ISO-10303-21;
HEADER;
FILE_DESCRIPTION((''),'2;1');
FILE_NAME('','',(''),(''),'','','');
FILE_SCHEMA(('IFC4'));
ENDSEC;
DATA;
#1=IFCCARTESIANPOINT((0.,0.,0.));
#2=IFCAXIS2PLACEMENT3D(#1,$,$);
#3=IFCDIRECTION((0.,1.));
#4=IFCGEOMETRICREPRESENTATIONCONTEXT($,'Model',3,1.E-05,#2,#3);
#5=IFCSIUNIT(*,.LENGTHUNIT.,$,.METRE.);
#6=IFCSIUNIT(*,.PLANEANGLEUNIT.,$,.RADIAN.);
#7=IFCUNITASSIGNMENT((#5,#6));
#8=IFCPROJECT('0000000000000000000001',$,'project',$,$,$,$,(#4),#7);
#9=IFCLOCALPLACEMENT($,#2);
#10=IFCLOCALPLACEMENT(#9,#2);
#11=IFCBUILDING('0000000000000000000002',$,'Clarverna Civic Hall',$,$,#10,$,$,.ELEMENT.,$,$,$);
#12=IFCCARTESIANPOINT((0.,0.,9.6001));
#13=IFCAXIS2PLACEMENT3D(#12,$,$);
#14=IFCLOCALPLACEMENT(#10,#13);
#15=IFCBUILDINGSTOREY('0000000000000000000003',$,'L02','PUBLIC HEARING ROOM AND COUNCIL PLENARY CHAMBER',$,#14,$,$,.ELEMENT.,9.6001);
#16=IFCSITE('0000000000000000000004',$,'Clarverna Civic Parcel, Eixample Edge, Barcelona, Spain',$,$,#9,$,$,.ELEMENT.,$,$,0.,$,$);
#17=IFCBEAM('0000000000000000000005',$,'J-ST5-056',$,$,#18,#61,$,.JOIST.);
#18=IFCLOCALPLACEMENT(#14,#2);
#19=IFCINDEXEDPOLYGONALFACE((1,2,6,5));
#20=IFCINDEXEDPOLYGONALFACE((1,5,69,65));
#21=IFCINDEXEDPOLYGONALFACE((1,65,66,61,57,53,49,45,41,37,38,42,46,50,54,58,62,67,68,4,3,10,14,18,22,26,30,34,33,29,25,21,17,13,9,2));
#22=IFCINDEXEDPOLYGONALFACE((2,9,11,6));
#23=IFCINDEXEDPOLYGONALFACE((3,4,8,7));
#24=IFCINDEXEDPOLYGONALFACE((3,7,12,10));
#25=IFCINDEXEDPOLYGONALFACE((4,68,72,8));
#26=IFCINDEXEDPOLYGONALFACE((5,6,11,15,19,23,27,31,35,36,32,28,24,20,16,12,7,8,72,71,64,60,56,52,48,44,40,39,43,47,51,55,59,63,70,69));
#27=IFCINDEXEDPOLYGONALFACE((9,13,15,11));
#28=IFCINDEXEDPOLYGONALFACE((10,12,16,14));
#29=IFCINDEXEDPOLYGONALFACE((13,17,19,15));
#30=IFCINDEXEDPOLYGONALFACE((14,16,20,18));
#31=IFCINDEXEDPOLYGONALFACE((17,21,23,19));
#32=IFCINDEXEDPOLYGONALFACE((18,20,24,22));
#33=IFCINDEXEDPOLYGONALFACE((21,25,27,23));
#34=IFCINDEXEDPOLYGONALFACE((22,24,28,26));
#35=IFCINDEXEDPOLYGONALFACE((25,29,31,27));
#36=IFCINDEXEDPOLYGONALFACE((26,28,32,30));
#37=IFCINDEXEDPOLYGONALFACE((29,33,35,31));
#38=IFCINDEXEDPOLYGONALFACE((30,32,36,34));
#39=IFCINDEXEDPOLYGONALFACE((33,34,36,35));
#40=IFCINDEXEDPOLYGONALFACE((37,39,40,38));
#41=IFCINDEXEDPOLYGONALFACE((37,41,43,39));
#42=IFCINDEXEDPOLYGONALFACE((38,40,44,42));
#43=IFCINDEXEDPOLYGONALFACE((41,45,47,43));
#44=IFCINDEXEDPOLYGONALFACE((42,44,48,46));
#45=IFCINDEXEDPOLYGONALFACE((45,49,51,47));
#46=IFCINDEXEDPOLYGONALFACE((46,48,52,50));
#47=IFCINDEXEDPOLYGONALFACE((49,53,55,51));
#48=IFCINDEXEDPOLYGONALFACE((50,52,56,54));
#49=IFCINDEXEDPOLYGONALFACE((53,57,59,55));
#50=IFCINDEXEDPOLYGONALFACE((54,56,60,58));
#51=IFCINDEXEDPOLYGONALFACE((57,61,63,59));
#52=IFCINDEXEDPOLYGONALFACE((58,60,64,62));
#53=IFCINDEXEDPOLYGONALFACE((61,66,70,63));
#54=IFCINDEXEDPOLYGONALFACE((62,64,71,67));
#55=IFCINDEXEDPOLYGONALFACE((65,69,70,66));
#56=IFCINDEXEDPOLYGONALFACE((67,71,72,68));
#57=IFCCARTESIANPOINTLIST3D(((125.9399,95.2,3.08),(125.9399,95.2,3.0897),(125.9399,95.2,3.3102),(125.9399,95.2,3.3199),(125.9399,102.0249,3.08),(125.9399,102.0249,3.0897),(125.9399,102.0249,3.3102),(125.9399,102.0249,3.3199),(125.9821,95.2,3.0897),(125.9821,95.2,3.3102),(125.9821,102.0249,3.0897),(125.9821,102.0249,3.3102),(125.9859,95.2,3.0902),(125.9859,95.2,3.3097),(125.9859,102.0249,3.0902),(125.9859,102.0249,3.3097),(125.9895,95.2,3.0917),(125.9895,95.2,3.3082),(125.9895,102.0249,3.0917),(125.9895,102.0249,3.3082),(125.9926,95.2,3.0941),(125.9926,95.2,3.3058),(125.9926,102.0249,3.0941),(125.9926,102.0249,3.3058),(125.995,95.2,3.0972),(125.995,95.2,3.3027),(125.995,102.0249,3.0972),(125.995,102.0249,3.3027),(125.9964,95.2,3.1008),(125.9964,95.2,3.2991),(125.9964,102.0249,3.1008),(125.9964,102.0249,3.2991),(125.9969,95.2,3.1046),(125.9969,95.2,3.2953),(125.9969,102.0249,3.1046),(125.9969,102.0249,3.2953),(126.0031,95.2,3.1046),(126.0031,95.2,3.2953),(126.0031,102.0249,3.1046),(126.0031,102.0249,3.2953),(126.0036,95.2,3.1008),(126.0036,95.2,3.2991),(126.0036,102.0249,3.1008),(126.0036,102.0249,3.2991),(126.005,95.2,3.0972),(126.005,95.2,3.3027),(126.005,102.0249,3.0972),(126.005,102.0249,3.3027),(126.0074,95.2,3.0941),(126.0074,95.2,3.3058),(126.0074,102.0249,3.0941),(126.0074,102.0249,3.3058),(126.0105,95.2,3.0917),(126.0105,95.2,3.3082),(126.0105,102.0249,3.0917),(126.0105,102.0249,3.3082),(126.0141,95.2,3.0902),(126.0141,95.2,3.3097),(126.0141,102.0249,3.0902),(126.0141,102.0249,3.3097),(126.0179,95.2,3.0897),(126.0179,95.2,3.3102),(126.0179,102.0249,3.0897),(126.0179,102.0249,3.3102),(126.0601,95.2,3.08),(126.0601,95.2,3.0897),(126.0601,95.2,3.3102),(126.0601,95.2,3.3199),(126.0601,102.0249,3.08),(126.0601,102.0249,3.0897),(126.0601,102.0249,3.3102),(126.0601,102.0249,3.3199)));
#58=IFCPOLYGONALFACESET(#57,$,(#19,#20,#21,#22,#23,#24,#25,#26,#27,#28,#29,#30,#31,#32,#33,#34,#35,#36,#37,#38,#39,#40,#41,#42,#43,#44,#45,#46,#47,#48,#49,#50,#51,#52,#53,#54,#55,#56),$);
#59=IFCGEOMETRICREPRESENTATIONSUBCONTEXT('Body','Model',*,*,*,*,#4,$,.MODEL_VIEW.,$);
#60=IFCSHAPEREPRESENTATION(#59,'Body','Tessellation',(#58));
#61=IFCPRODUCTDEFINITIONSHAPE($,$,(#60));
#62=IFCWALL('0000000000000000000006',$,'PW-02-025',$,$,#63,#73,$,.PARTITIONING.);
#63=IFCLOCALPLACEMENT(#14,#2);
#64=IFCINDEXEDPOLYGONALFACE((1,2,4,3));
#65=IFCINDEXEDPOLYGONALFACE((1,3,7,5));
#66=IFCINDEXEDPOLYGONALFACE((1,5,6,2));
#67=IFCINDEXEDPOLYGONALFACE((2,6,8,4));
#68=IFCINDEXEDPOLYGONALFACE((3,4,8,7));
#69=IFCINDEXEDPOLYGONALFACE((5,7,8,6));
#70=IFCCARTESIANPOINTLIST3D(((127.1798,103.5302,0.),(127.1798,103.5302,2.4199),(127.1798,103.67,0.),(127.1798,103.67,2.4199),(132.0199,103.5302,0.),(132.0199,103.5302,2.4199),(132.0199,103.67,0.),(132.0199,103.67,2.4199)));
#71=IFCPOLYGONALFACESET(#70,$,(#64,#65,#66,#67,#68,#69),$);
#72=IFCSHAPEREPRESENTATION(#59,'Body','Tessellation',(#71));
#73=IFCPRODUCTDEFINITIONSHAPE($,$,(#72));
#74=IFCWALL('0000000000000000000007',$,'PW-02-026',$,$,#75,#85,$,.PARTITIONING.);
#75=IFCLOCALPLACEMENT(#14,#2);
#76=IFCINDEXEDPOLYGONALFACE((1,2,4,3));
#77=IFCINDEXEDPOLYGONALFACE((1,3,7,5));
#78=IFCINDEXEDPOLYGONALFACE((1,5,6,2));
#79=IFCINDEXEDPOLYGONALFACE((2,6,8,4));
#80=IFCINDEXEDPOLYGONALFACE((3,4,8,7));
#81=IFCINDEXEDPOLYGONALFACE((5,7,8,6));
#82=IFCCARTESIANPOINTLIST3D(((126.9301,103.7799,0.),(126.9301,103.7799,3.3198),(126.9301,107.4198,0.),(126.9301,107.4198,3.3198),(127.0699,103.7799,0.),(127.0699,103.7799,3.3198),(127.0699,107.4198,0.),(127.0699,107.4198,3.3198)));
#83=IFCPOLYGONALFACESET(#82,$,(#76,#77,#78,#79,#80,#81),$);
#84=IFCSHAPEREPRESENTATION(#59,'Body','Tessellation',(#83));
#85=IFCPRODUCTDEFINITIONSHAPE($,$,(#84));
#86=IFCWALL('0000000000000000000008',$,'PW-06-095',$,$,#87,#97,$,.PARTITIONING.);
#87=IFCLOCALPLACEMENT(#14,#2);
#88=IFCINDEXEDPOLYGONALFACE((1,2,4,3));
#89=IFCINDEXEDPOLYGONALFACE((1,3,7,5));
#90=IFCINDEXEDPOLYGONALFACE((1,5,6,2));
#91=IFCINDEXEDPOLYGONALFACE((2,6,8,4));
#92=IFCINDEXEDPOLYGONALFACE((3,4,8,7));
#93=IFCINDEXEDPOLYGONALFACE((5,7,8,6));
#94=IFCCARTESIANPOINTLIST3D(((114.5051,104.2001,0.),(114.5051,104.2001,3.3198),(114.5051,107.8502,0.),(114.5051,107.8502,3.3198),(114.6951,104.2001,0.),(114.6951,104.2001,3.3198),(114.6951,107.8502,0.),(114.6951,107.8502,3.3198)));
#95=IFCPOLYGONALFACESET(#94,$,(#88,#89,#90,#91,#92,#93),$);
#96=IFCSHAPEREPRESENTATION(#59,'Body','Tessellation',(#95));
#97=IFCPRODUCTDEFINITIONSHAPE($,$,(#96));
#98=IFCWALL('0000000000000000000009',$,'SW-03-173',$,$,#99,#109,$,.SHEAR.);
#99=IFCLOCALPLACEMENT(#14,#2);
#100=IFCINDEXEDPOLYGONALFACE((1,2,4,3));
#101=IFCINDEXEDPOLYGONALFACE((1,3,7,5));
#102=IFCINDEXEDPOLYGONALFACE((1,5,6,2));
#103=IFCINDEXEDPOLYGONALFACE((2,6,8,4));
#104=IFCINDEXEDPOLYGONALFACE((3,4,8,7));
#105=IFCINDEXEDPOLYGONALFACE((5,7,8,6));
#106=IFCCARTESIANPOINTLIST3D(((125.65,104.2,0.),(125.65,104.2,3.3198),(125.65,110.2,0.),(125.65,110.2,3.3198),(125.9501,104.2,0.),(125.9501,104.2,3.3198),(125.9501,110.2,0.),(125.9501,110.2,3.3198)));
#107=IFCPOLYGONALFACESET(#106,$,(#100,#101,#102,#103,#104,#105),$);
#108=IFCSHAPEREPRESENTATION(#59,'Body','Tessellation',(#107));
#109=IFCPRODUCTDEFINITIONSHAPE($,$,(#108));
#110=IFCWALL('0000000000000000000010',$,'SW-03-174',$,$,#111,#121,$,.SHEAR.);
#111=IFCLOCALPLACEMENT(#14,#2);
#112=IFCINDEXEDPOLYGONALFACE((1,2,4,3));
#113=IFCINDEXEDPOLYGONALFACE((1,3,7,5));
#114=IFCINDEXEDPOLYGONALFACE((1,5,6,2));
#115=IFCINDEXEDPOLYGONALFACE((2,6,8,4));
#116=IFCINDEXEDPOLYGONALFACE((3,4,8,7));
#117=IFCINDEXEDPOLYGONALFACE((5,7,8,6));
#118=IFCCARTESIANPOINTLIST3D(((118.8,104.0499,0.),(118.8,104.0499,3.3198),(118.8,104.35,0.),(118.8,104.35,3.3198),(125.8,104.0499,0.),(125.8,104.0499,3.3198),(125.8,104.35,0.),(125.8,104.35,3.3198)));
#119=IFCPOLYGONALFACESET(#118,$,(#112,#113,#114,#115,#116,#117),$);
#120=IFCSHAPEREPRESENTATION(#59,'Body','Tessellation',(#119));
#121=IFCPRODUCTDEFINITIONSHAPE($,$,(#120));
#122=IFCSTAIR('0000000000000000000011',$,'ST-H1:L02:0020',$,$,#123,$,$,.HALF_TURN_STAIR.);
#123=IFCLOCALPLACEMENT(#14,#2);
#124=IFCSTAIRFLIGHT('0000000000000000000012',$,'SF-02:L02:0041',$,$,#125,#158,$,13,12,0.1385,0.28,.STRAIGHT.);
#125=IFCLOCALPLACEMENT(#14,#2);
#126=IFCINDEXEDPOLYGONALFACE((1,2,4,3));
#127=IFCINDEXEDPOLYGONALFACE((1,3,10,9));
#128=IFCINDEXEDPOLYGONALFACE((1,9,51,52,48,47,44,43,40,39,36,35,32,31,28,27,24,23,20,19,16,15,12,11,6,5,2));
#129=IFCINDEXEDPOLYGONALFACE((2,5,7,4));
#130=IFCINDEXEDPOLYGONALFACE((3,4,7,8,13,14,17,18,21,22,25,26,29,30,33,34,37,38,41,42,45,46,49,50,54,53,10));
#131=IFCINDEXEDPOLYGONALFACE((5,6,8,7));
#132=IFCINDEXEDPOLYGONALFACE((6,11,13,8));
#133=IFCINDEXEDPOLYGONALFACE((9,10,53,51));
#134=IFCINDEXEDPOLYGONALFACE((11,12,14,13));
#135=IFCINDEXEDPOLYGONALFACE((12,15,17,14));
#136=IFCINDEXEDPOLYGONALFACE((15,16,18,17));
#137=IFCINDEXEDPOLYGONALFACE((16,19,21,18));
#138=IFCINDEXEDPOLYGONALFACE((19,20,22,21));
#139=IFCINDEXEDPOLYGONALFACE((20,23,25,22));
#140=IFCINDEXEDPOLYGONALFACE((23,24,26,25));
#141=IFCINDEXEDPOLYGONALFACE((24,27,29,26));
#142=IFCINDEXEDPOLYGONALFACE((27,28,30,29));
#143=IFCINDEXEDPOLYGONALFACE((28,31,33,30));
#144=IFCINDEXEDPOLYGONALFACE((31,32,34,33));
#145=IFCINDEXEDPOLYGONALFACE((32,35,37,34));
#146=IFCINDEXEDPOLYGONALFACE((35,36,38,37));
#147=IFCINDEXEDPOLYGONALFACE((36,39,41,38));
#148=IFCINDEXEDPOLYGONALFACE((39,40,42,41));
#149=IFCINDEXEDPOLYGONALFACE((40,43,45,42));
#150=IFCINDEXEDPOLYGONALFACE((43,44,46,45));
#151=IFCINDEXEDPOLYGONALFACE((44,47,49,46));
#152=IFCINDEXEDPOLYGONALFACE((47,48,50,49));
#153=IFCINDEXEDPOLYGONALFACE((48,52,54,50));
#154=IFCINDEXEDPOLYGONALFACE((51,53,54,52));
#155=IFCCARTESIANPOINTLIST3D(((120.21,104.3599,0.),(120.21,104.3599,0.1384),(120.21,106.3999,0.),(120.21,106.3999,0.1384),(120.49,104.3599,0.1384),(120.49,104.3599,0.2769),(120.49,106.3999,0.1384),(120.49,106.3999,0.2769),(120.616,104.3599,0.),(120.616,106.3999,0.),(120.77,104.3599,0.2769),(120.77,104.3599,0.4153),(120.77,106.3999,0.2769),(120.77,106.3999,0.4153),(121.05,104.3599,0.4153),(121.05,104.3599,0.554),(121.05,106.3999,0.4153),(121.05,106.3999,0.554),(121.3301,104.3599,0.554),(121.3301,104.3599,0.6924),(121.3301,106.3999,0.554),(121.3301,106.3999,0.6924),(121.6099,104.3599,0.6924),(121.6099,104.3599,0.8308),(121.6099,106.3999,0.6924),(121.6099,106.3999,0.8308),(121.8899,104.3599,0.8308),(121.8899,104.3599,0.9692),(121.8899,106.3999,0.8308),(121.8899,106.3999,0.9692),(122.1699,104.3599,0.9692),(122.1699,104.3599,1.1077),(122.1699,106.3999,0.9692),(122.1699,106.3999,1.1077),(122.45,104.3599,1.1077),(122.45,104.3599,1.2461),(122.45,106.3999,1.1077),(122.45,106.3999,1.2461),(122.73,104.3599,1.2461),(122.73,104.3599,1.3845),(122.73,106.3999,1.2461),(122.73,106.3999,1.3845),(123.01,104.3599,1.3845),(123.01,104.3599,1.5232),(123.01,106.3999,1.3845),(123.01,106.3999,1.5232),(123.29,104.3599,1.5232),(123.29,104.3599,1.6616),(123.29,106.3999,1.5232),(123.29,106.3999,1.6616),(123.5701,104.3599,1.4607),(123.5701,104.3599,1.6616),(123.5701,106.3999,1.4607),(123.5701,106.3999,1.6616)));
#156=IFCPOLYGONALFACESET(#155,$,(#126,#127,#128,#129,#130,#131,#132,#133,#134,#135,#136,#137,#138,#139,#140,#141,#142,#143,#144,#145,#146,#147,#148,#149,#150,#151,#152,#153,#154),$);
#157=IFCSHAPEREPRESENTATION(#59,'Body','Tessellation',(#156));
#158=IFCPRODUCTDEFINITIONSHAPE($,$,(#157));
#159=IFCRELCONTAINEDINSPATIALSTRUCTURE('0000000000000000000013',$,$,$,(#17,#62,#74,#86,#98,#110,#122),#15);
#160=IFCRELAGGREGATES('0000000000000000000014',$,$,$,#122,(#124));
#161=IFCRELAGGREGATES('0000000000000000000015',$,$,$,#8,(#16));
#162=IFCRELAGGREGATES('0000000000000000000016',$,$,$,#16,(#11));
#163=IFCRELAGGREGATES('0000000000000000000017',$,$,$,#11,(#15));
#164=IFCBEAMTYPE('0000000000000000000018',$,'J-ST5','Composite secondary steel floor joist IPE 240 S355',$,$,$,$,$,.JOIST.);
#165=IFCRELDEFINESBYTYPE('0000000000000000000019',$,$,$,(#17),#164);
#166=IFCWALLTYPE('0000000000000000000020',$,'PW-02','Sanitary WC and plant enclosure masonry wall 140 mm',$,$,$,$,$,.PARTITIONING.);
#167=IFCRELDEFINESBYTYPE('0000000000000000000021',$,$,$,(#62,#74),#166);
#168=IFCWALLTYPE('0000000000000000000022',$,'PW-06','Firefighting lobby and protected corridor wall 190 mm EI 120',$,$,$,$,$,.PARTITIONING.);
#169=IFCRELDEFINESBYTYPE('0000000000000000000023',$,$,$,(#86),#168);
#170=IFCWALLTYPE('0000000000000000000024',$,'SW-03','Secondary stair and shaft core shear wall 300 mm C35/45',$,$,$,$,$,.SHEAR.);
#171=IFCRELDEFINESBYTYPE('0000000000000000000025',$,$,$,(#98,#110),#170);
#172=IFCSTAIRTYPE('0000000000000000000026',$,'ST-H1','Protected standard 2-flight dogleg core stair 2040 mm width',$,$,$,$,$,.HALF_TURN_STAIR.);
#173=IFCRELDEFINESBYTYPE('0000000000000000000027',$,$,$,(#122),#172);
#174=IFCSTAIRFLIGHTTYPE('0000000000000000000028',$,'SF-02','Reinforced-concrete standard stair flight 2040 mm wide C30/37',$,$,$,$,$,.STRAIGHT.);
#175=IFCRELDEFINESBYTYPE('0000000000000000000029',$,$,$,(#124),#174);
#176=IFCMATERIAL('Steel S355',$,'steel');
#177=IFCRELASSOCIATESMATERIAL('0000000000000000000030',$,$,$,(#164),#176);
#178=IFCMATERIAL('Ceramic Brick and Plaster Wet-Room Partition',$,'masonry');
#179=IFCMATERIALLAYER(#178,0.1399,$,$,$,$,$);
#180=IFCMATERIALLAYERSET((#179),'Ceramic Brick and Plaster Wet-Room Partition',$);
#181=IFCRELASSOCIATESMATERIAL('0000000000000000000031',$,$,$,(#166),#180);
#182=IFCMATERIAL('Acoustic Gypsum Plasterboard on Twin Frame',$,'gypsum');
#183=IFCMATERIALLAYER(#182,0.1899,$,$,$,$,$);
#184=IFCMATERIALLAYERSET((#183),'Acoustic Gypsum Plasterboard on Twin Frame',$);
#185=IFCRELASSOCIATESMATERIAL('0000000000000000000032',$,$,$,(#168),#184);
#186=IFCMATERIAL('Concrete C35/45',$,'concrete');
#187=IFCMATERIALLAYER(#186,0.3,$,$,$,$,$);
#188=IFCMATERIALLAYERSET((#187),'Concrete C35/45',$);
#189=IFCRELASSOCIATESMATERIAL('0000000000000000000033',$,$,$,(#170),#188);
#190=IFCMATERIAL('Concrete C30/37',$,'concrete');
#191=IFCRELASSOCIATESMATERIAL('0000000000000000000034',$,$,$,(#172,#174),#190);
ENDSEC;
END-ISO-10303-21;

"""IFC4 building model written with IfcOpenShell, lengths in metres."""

from ifc_helpers import new_model, si_unit, direction, frame, frame_2d, origin, origin_2d, place, context, subcontext, project, spatial, polyline, rectangle, i_section, outline, extrude, material, layer, layer_set, material_profile, profile_set, type_object, element, aggregate, save


model = new_model("IFC4")

# Units and contexts
model_context = context("Model", 3, precision=1e-05, world=origin(), true_north=direction((0.0, 1.0)))
body_context = subcontext(model_context, "Body", "Model", "MODEL_VIEW")
ifc_project = project(units=[si_unit("LENGTHUNIT", "METRE"), si_unit("PLANEANGLEUNIT", "RADIAN")], contexts=[model_context])

# Site, building, storey
site_placement = place(None, origin())
site = spatial("IfcSite", under=ifc_project, at=site_placement, Name="Clarverna Civic Parcel, Eixample Edge, Barcelona, Spain", CompositionType="ELEMENT", RefElevation=0.0)
building_placement = place(site_placement, origin())
building = spatial("IfcBuilding", under=site, at=building_placement, Name="Clarverna Civic Hall", CompositionType="ELEMENT")
storey_placement = place(building_placement, frame((0.0, 0.0, 9.6001)))
storey = spatial("IfcBuildingStorey", under=building, at=storey_placement, Name="L02", Description="PUBLIC HEARING ROOM AND COUNCIL PLENARY CHAMBER", CompositionType="ELEMENT", Elevation=9.6001)

# Beam
ifc_material_1 = material(Name="Concrete C35/45", Category="concrete")
ifc_material_2 = material(Name="Steel S355", Category="steel")
ifc_material_profile_1 = material_profile(ifc_material_2, i_section(OverallWidth=0.1201, OverallDepth=0.24, WebThickness=0.0061, FlangeThickness=0.0098, FilletRadius=0.0149, at=origin_2d()), Name="IPE 240")
ifc_profile_set_1 = profile_set([ifc_material_profile_1], Name="Steel S355")
beam_type_1 = type_object("IfcBeamType", Name="J-ST5", Description="Composite secondary steel floor joist IPE 240 S355", PredefinedType="JOIST", material=ifc_profile_set_1)
beam_1_placement = place(storey_placement, frame((126.0, 95.2, 3.2), z_axis=(0.0, 1.0, 0.0), x_axis=(-1.0, 0.0, 0.0)))
element("IfcBeam", 1, at=beam_1_placement, inside=storey, type_object=beam_type_1, Name="J-ST5-056", PredefinedType="JOIST", context=body_context, shape_type="SweptSolid", body=[
    extrude(i_section(OverallWidth=0.1201, OverallDepth=0.24, WebThickness=0.0061, FlangeThickness=0.0098, FilletRadius=0.0149, at=origin_2d()), origin(), (0.0, 0.0, 1.0), 6.825),
])

# Walls
ifc_material_3 = material(Name="Ceramic Brick and Plaster Wet-Room Partition", Category="masonry")
ifc_layer_1 = layer(ifc_material_3, 0.1399)
ifc_layer_set_1 = layer_set([ifc_layer_1], Name="Ceramic Brick and Plaster Wet-Room Partition")
wall_type_1 = type_object("IfcWallType", Name="PW-02", Description="Sanitary WC and plant enclosure masonry wall 140 mm", PredefinedType="PARTITIONING", material=ifc_layer_set_1)
wall_1_placement = place(storey_placement, frame((127.1799, 103.6001, 0.0), z_axis=(0.0, 0.0, 1.0), x_axis=(1.0, 0.0, 0.0)))
element("IfcWall", 2, at=wall_1_placement, inside=storey, type_object=wall_type_1, Name="PW-02-025", PredefinedType="PARTITIONING", context=body_context, shape_type="SweptSolid", body=[
    extrude(rectangle(XDim=4.8401, YDim=0.1399, at=frame_2d((2.4199, 0.0))), origin(), (0.0, 0.0, 1.0), 2.4199),
])
wall_2_placement = place(storey_placement, frame((127.0, 103.78, 0.0), z_axis=(0.0, 0.0, 1.0), x_axis=(0.0, 1.0, 0.0)))
element("IfcWall", 3, at=wall_2_placement, inside=storey, type_object=wall_type_1, Name="PW-02-026", PredefinedType="PARTITIONING", context=body_context, shape_type="SweptSolid", body=[
    extrude(rectangle(XDim=3.6399, YDim=0.1399, at=frame_2d((1.8198, 0.0))), origin(), (0.0, 0.0, 1.0), 3.3198),
])

# Wall
ifc_material_4 = material(Name="Acoustic Gypsum Plasterboard on Twin Frame", Category="gypsum")
ifc_layer_2 = layer(ifc_material_4, 0.1899)
ifc_layer_set_2 = layer_set([ifc_layer_2], Name="Acoustic Gypsum Plasterboard on Twin Frame")
wall_type_2 = type_object("IfcWallType", Name="PW-06", Description="Firefighting lobby and protected corridor wall 190 mm EI 120", PredefinedType="PARTITIONING", material=ifc_layer_set_2)
wall_3_placement = place(storey_placement, frame((114.6001, 104.2, 0.0), z_axis=(0.0, 0.0, 1.0), x_axis=(0.0, 1.0, 0.0)))
element("IfcWall", 4, at=wall_3_placement, inside=storey, type_object=wall_type_2, Name="PW-06-095", PredefinedType="PARTITIONING", context=body_context, shape_type="SweptSolid", body=[
    extrude(rectangle(XDim=3.6501, YDim=0.1899, at=frame_2d((1.8252, 0.0))), origin(), (0.0, 0.0, 1.0), 3.3198),
])

# Shared definitions
ifc_layer_3 = layer(ifc_material_1, 0.3)
ifc_layer_set_3 = layer_set([ifc_layer_3], Name="Concrete C35/45")
wall_type_3 = type_object("IfcWallType", Name="SW-03", Description="Secondary stair and shaft core shear wall 300 mm C35/45", PredefinedType="SHEAR", material=ifc_layer_set_3)

# Walls
wall_4_placement = place(storey_placement, frame((125.8, 104.2, 0.0), z_axis=(0.0, 0.0, 1.0), x_axis=(0.0, 1.0, 0.0)))
element("IfcWall", 5, at=wall_4_placement, inside=storey, type_object=wall_type_3, Name="SW-03-173", PredefinedType="SHEAR", context=body_context, shape_type="SweptSolid", body=[
    extrude(rectangle(XDim=6.0, YDim=0.3, at=frame_2d((3.0, 0.0))), origin(), (0.0, 0.0, 1.0), 3.3198),
])
wall_5_placement = place(storey_placement, frame((118.8, 104.2, 0.0), z_axis=(0.0, 0.0, 1.0), x_axis=(1.0, 0.0, 0.0)))
element("IfcWall", 6, at=wall_5_placement, inside=storey, type_object=wall_type_3, Name="SW-03-174", PredefinedType="SHEAR", context=body_context, shape_type="SweptSolid", body=[
    extrude(rectangle(XDim=7.0, YDim=0.3, at=frame_2d((3.5, 0.0))), origin(), (0.0, 0.0, 1.0), 3.3198),
])

# Stair, stair flight
ifc_material_5 = material(Name="Concrete C30/37", Category="concrete")
stair_type = type_object("IfcStairType", Name="ST-H1", Description="Protected standard 2-flight dogleg core stair 2040 mm width", PredefinedType="HALF_TURN_STAIR", material=ifc_material_5)
stair_placement = place(storey_placement, origin())
stair = element("IfcStair", 7, at=stair_placement, inside=storey, type_object=stair_type, Name="ST-H1:L02:0020", PredefinedType="HALF_TURN_STAIR")
stair_flight_type = type_object("IfcStairFlightType", Name="SF-02", Description="Reinforced-concrete standard stair flight 2040 mm wide C30/37", PredefinedType="STRAIGHT", material=ifc_material_5)
stair_flight_placement = place(storey_placement, frame((120.21, 105.3799, 0.0), z_axis=(0.0, 0.0, 1.0), x_axis=(1.0, 0.0, 0.0)))
stair_flight = element("IfcStairFlight", 8, at=stair_flight_placement, type_object=stair_flight_type, Name="SF-02:L02:0041", NumberOfRisers=13, NumberOfTreads=12, PredefinedType="STRAIGHT", RiserHeight=0.1385, TreadLength=0.28, context=body_context, shape_type="SweptSolid", body=[
    extrude(outline(polyline([(0.0, 0.0), (0.0, 0.1384), (0.28, 0.1384), (0.28, 0.2769), (0.5601, 0.2769), (0.5601, 0.4153), (0.8401, 0.4153), (0.8401, 0.554), (1.1201, 0.554), (1.1201, 0.6924), (1.3999, 0.6924), (1.3999, 0.8308), (1.6799, 0.8308), (1.6799, 0.9692), (1.96, 0.9692), (1.96, 1.1077), (2.24, 1.1077), (2.24, 1.2461), (2.52, 1.2461), (2.52, 1.3845), (2.8, 1.3845), (2.8, 1.5232), (3.0801, 1.5232), (3.0801, 1.6616), (3.3601, 1.6616), (3.3601, 1.8), (3.3601, 1.4607), (0.406, 0.0), (0.0, 0.0)])), frame((0.0, 1.02, 0.0), z_axis=(0.0, -1.0, 0.0), x_axis=(1.0, 0.0, 0.0)), (0.0, 0.0, 1.0), 2.04),
])
aggregate(stair, [stair_flight])

save(model, "model.ifc")
